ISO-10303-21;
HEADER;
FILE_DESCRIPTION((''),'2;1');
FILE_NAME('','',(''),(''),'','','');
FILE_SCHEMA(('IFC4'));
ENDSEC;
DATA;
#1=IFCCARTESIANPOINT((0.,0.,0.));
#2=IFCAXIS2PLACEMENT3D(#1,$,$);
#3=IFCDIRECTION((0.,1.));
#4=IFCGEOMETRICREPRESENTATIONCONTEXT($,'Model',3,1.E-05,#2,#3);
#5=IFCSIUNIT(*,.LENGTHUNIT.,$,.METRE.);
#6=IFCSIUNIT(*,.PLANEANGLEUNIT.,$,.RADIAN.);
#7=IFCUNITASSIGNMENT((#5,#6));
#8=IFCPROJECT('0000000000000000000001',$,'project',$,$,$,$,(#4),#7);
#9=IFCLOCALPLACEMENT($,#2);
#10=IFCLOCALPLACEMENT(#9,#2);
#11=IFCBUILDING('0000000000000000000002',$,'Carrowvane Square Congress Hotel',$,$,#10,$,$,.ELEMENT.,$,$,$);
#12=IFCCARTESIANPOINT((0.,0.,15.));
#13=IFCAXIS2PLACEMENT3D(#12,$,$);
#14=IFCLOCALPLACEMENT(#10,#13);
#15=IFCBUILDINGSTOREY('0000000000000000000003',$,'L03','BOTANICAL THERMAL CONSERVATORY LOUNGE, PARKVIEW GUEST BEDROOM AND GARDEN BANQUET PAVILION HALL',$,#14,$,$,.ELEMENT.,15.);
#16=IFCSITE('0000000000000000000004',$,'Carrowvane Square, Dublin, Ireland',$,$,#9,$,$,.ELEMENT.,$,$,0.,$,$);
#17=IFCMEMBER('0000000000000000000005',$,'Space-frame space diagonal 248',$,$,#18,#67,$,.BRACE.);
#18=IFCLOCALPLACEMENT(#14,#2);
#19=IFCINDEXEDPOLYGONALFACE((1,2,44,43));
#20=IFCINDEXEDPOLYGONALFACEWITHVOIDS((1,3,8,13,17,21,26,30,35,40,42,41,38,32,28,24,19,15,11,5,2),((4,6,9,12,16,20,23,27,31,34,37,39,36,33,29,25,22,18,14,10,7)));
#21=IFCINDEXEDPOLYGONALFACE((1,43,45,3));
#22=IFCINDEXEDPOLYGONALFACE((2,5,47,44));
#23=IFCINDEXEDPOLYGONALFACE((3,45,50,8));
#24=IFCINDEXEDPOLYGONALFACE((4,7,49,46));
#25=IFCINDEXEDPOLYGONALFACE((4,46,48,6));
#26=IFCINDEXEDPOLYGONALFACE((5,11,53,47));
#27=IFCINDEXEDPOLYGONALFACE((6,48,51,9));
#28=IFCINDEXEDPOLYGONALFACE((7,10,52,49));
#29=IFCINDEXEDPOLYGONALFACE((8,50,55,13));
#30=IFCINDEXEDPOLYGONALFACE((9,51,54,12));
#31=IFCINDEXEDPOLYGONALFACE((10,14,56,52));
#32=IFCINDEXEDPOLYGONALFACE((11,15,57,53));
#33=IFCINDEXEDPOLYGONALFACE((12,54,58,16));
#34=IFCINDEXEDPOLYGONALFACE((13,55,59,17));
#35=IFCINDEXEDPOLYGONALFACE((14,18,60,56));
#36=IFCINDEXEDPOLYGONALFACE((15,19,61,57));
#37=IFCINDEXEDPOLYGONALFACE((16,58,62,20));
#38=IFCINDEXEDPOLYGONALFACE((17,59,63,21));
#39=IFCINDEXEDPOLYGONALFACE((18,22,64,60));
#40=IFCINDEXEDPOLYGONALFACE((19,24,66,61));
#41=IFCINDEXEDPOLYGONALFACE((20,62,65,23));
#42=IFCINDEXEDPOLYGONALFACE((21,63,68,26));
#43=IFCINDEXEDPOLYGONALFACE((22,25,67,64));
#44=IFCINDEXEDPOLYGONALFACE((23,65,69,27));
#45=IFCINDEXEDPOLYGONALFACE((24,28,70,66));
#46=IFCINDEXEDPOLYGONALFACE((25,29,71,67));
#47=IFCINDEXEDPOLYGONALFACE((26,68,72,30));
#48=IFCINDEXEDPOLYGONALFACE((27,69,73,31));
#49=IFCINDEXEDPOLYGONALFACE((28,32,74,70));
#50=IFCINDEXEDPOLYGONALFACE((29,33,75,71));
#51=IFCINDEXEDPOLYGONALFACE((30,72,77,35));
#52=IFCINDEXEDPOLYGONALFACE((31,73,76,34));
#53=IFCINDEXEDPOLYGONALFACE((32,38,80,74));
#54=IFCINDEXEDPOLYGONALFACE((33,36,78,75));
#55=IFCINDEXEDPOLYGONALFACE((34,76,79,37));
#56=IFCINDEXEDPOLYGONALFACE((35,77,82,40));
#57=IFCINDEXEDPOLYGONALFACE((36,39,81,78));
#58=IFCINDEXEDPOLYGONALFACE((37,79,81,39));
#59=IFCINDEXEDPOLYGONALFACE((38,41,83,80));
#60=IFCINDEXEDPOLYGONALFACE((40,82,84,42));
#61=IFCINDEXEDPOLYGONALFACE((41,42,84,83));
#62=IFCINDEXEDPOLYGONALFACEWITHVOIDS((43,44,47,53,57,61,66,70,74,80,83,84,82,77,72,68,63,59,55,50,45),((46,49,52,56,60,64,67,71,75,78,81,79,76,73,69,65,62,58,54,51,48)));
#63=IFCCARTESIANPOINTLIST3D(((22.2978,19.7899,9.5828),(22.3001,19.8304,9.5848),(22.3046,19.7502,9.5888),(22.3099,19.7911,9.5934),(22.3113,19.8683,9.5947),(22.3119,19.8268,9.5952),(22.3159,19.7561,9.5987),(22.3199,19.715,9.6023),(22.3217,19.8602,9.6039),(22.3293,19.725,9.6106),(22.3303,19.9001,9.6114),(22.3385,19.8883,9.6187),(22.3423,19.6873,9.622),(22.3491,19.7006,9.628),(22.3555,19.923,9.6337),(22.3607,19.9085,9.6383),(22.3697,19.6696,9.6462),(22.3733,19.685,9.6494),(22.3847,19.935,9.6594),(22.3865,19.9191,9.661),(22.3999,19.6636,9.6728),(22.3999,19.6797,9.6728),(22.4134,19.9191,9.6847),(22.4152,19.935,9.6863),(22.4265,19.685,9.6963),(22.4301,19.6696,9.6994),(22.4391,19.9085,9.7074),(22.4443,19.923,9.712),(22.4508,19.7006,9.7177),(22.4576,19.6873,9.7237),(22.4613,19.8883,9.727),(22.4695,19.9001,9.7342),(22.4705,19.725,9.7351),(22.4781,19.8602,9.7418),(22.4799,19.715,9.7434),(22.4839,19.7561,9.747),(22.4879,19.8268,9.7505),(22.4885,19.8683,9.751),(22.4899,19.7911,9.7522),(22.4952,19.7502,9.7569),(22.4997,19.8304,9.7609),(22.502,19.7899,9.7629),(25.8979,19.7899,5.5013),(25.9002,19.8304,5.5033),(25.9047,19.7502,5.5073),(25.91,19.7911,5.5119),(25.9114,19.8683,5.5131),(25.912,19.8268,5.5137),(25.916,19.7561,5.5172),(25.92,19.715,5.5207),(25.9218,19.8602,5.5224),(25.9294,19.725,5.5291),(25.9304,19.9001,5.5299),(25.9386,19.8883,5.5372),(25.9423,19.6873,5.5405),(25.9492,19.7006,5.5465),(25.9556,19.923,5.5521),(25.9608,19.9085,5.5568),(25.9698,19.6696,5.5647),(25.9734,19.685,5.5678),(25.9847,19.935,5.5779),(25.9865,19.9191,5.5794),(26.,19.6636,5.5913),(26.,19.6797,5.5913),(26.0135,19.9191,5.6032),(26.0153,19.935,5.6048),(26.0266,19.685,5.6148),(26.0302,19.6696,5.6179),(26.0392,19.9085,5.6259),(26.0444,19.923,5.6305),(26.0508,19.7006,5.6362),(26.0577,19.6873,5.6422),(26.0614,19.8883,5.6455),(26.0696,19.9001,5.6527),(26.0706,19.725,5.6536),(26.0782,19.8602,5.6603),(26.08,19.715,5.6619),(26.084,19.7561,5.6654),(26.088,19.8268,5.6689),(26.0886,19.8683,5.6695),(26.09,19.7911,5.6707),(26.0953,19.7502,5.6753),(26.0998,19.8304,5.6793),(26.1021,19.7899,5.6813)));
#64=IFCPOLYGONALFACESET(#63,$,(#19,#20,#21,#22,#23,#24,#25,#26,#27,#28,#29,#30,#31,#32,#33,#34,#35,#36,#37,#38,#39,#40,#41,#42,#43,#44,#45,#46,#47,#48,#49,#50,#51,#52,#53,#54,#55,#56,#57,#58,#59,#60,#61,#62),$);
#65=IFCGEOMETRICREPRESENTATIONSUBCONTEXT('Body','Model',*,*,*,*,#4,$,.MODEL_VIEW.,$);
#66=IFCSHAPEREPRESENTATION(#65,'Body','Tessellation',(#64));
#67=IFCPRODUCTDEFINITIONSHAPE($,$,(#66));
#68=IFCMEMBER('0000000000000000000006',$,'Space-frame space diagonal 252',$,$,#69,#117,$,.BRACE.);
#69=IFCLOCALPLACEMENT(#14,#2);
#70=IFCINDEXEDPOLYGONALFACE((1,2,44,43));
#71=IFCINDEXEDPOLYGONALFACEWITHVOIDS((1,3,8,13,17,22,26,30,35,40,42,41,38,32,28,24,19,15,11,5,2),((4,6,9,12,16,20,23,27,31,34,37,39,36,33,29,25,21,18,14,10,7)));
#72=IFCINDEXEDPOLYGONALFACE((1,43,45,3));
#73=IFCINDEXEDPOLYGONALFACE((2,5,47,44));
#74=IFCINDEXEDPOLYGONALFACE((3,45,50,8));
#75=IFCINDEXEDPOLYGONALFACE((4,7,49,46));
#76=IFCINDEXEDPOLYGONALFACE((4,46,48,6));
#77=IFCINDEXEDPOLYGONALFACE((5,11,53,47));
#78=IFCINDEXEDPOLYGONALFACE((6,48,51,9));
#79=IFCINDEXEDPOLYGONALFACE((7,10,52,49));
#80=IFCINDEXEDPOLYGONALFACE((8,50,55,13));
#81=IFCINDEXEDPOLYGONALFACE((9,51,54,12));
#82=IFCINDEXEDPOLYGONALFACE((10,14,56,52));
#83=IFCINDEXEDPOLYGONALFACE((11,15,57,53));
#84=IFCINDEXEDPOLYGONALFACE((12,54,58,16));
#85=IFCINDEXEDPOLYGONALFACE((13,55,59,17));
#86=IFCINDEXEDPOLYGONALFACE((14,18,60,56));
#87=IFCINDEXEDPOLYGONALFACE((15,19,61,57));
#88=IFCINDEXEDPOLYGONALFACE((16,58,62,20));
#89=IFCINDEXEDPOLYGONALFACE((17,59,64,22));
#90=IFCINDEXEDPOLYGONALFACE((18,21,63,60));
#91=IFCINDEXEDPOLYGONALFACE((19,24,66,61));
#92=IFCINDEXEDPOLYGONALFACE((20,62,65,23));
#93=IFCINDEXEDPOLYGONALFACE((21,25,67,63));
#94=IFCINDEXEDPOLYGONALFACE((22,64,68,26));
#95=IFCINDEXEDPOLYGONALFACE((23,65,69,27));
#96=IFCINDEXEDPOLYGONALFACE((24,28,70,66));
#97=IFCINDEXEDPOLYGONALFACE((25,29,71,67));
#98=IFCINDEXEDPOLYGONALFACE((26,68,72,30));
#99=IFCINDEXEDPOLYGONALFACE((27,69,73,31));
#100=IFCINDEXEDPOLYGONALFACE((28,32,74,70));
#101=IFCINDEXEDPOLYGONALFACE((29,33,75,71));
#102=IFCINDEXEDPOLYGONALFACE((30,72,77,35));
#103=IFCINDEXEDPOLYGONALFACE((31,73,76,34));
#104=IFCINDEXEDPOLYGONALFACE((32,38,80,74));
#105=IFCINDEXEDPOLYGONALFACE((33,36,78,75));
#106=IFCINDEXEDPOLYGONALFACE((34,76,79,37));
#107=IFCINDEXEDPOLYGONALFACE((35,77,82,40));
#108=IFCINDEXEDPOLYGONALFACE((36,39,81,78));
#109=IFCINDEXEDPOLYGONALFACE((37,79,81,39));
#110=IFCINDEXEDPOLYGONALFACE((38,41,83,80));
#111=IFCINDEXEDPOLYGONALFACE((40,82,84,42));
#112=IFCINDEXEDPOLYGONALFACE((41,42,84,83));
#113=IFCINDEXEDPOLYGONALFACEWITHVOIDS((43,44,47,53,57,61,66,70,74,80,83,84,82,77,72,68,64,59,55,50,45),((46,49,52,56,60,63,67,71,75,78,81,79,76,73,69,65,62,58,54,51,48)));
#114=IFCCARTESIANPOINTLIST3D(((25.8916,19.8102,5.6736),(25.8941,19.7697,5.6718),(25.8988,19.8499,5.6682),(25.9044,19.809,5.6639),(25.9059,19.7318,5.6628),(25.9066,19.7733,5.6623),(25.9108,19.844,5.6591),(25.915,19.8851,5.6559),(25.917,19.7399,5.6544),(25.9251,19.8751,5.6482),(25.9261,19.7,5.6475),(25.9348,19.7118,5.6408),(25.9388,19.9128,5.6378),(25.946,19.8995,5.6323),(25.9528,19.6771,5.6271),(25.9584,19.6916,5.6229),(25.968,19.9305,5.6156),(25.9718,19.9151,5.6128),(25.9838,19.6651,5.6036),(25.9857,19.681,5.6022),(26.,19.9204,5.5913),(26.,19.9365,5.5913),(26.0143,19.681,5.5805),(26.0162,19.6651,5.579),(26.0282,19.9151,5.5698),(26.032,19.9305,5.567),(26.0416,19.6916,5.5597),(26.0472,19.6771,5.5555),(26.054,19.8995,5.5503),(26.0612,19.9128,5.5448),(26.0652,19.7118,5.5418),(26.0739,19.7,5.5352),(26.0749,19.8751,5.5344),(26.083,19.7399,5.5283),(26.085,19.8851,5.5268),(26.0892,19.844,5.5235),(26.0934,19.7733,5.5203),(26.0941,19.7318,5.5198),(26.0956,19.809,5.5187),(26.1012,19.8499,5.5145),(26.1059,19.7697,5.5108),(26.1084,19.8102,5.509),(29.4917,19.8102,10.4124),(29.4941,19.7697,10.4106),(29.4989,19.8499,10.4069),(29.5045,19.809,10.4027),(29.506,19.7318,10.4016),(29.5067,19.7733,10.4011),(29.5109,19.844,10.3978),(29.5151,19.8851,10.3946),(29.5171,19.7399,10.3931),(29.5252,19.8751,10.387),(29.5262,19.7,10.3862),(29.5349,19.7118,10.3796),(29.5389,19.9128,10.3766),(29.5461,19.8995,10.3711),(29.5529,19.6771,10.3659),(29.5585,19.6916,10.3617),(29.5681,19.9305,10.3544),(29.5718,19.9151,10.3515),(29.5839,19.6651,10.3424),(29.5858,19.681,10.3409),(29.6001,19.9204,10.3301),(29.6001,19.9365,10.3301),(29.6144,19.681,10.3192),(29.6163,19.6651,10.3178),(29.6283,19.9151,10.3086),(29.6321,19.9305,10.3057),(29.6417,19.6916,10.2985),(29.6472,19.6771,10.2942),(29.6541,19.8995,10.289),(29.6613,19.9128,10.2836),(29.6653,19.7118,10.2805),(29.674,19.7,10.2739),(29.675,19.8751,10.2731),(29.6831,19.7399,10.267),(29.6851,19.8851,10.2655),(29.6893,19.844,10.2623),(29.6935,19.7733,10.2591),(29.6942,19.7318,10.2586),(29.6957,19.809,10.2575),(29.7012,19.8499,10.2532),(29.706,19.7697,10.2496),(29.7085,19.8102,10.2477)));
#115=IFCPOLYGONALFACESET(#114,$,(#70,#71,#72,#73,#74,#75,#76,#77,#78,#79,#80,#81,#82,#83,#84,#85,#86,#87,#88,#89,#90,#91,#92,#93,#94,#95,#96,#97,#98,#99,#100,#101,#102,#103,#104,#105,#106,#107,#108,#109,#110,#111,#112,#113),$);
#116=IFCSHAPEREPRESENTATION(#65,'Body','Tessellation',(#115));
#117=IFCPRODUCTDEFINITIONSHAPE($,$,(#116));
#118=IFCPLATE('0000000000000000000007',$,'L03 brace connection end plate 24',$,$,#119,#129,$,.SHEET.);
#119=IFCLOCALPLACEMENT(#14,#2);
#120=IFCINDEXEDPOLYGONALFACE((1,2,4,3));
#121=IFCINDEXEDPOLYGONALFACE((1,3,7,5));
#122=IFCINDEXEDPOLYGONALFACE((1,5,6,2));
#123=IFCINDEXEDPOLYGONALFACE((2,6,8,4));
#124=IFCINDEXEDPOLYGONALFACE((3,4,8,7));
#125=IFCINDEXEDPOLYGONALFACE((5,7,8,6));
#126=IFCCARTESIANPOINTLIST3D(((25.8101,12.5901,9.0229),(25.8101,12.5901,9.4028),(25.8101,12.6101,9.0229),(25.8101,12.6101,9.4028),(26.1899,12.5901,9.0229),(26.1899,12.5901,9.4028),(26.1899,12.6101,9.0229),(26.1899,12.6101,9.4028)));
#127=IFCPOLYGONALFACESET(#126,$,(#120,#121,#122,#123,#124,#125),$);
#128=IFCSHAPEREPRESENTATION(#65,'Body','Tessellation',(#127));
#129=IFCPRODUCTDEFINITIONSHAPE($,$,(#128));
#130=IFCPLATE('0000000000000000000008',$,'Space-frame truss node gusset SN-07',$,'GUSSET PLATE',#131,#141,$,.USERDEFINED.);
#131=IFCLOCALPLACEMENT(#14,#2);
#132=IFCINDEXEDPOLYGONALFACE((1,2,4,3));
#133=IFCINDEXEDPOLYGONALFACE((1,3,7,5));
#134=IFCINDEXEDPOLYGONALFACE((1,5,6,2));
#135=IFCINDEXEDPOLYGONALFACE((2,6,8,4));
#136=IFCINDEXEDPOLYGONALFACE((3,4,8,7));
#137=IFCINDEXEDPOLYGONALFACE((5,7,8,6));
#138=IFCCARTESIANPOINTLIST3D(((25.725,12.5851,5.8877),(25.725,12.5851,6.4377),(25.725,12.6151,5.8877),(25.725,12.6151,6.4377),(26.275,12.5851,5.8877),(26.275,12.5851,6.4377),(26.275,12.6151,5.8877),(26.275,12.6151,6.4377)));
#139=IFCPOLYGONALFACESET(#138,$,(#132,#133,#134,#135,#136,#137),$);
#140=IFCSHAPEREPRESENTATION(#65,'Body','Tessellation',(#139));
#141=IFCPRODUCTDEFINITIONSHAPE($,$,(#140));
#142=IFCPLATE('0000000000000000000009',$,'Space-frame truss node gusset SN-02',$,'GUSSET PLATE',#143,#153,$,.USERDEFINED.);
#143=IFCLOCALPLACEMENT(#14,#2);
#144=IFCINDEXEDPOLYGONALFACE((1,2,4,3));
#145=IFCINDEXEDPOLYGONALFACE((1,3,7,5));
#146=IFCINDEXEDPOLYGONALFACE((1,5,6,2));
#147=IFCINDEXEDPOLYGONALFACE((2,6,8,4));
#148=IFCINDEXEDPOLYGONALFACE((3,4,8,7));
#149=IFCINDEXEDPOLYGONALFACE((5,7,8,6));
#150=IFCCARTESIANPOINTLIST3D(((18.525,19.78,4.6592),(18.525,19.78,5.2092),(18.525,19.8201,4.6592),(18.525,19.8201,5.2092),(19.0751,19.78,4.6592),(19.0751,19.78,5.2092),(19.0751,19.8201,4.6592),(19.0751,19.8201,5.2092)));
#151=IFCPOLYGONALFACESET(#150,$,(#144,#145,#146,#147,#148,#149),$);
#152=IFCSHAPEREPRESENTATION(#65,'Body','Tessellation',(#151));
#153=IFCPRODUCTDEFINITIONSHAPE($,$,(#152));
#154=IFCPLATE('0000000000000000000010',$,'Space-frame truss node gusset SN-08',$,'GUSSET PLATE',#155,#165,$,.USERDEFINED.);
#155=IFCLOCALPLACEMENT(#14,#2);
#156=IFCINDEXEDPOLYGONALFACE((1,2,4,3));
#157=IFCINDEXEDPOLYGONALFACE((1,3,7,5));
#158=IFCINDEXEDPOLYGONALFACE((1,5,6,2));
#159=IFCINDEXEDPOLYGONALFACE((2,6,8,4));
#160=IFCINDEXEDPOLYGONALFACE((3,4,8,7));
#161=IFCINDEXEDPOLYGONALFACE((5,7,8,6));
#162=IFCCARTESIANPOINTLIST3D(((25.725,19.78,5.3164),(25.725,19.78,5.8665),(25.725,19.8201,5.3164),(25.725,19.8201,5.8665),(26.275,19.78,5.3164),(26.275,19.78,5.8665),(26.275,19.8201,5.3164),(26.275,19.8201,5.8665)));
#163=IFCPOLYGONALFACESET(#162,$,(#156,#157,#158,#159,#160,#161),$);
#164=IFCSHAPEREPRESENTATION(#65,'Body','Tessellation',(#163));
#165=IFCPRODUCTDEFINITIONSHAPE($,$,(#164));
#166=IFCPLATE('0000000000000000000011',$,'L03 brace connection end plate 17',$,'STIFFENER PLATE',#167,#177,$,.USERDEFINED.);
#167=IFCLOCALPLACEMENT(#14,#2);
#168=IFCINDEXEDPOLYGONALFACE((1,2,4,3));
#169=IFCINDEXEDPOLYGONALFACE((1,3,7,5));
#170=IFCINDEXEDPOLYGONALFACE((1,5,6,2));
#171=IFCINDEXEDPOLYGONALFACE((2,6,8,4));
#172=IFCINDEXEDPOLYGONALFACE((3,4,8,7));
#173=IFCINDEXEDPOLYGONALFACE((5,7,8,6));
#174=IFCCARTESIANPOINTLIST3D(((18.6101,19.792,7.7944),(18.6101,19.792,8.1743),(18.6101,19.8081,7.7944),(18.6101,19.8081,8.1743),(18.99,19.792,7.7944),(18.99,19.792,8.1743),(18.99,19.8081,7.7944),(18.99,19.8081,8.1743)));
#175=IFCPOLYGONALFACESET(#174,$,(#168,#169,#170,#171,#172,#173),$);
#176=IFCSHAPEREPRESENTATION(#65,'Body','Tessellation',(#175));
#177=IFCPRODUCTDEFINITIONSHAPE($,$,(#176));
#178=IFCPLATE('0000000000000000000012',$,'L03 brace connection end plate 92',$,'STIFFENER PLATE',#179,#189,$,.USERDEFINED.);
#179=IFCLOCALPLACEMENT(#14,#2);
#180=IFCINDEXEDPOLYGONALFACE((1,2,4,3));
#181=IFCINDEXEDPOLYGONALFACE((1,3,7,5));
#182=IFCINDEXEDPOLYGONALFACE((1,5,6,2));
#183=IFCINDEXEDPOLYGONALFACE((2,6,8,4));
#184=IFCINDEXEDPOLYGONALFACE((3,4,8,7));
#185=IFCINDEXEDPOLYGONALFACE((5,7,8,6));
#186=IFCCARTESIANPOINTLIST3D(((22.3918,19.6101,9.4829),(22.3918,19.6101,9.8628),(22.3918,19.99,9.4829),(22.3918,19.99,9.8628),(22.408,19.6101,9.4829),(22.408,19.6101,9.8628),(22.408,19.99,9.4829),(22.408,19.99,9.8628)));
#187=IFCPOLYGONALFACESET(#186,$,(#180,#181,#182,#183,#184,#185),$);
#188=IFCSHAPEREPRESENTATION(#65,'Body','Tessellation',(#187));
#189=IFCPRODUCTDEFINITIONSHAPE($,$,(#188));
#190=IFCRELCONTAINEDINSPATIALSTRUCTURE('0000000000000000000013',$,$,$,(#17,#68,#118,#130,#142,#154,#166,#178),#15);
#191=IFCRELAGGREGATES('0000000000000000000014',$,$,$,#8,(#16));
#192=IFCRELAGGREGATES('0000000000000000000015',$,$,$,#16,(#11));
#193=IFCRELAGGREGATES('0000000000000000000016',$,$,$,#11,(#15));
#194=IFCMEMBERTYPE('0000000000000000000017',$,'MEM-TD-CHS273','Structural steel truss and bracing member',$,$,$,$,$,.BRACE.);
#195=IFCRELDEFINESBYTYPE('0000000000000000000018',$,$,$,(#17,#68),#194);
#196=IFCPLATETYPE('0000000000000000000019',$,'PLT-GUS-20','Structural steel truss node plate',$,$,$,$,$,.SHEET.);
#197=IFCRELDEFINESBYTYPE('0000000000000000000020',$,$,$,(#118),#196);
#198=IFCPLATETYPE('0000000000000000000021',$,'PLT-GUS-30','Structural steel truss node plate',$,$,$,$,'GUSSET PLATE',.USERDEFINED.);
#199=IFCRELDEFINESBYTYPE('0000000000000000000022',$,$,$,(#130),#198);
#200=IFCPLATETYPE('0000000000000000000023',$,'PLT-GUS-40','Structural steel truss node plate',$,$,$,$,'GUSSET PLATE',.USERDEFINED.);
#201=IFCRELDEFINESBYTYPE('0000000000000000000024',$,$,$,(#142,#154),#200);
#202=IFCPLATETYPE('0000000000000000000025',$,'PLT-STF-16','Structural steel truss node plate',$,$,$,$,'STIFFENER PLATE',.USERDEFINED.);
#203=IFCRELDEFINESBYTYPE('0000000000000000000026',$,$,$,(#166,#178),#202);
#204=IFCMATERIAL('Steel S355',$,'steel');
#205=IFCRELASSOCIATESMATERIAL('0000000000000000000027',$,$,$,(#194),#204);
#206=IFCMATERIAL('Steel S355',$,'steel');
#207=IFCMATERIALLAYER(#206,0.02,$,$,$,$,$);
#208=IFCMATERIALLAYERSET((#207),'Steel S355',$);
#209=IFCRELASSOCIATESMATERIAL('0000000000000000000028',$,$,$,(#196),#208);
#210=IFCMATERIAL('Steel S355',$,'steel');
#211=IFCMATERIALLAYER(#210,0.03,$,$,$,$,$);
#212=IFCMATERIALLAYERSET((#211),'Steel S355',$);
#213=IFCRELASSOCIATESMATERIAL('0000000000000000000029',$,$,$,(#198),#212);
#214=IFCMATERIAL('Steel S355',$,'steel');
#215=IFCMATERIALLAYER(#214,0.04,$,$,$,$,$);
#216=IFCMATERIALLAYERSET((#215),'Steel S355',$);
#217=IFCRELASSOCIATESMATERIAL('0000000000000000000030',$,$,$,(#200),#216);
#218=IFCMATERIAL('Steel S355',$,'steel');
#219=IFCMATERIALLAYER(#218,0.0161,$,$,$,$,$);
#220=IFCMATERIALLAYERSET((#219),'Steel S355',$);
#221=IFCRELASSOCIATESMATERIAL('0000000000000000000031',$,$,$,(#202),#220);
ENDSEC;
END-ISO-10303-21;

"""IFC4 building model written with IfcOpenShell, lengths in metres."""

from ifc_helpers import new_model, si_unit, direction, frame, origin, origin_2d, place, context, subcontext, project, spatial, rectangle, hollow_circle, extrude, material, layer, layer_set, material_profile, profile_set, type_object, element, save


model = new_model("IFC4")

# Units and contexts
model_context = context("Model", 3, precision=1e-05, world=origin(), true_north=direction((0.0, 1.0)))
body_context = subcontext(model_context, "Body", "Model", "MODEL_VIEW")
ifc_project = project(units=[si_unit("LENGTHUNIT", "METRE"), si_unit("PLANEANGLEUNIT", "RADIAN")], contexts=[model_context])

# Site, building, storey
site_placement = place(None, origin())
site = spatial("IfcSite", under=ifc_project, at=site_placement, Name="Carrowvane Square, Dublin, Ireland", CompositionType="ELEMENT", RefElevation=0.0)
building_placement = place(site_placement, origin())
building = spatial("IfcBuilding", under=site, at=building_placement, Name="Carrowvane Square Congress Hotel", CompositionType="ELEMENT")
storey_placement = place(building_placement, frame((0.0, 0.0, 15.0)))
storey = spatial("IfcBuildingStorey", under=building, at=storey_placement, Name="L03", Description="BOTANICAL THERMAL CONSERVATORY LOUNGE, PARKVIEW GUEST BEDROOM AND GARDEN BANQUET PAVILION HALL", CompositionType="ELEMENT", Elevation=15.0)

# Members
ifc_material_1 = material(Name="Steel S355", Category="steel")
ifc_material_profile_1 = material_profile(ifc_material_1, hollow_circle(Radius=0.1365, WallThickness=0.0161, at=origin_2d()), Name="CHS 273.0x16")
ifc_profile_set_1 = profile_set([ifc_material_profile_1], Name="Steel S355")
member_type_1 = type_object("IfcMemberType", Name="MEM-TD-CHS273", Description="Structural steel truss and bracing member", PredefinedType="BRACE", material=ifc_profile_set_1)
member_1_placement = place(storey_placement, frame((26.0, 19.8, 5.5913), z_axis=(-0.661491, 0.0, 0.749953), x_axis=(0.0, -1.0, 0.0)))
element("IfcMember", 1, at=member_1_placement, inside=storey, type_object=member_type_1, Name="Space-frame space diagonal 248", PredefinedType="BRACE", context=body_context, shape_type="SweptSolid", body=[
    extrude(hollow_circle(Radius=0.1365, WallThickness=0.0161, at=origin_2d()), origin(), (0.0, 0.0, 1.0), 5.4424),
])
member_2_placement = place(storey_placement, frame((26.0, 19.8, 5.5913), z_axis=(0.604938, 0.0, 0.796273), x_axis=(0.0, 1.0, 0.0)))
element("IfcMember", 2, at=member_2_placement, inside=storey, type_object=member_type_1, Name="Space-frame space diagonal 252", PredefinedType="BRACE", context=body_context, shape_type="SweptSolid", body=[
    extrude(hollow_circle(Radius=0.1365, WallThickness=0.0161, at=origin_2d()), origin(), (0.0, 0.0, 1.0), 5.9512),
])

# Plates
ifc_material_2 = material(Name="Steel S355", Category="steel")
ifc_layer_1 = layer(ifc_material_2, 0.02)
ifc_layer_set_1 = layer_set([ifc_layer_1], Name="Steel S355")
plate_type_1 = type_object("IfcPlateType", Name="PLT-GUS-20", Description="Structural steel truss node plate", PredefinedType="SHEET", material=ifc_layer_set_1)
plate_1_placement = place(storey_placement, frame((26.0, 12.6001, 9.0229), z_axis=(0.0, 0.0, 1.0), x_axis=(1.0, 0.0, 0.0)))
element("IfcPlate", 3, at=plate_1_placement, inside=storey, type_object=plate_type_1, Name="L03 brace connection end plate 24", PredefinedType="SHEET", context=body_context, shape_type="SweptSolid", body=[
    extrude(rectangle(XDim=0.3799, YDim=0.02, at=origin_2d()), origin(), (0.0, 0.0, 1.0), 0.3799),
])
ifc_material_3 = material(Name="Steel S355", Category="steel")
ifc_layer_2 = layer(ifc_material_3, 0.03)
ifc_layer_set_2 = layer_set([ifc_layer_2], Name="Steel S355")
plate_type_2 = type_object("IfcPlateType", Name="PLT-GUS-30", Description="Structural steel truss node plate", ElementType="GUSSET PLATE", PredefinedType="USERDEFINED", material=ifc_layer_set_2)
plate_2_placement = place(storey_placement, frame((26.0, 12.6001, 5.8877), z_axis=(0.0, 0.0, 1.0), x_axis=(1.0, 0.0, 0.0)))
element("IfcPlate", 4, at=plate_2_placement, inside=storey, type_object=plate_type_2, Name="Space-frame truss node gusset SN-07", ObjectType="GUSSET PLATE", PredefinedType="USERDEFINED", context=body_context, shape_type="SweptSolid", body=[
    extrude(rectangle(XDim=0.55, YDim=0.03, at=origin_2d()), origin(), (0.0, 0.0, 1.0), 0.55),
])
ifc_material_4 = material(Name="Steel S355", Category="steel")
ifc_layer_3 = layer(ifc_material_4, 0.04)
ifc_layer_set_3 = layer_set([ifc_layer_3], Name="Steel S355")
plate_type_3 = type_object("IfcPlateType", Name="PLT-GUS-40", Description="Structural steel truss node plate", ElementType="GUSSET PLATE", PredefinedType="USERDEFINED", material=ifc_layer_set_3)
for number, where, z_axis, x_axis, name in (
    (5, (18.8, 19.8, 4.6592), (0.0, 0.0, 1.0), (1.0, 0.0, 0.0), "Space-frame truss node gusset SN-02"),
    (6, (26.0, 19.8, 5.3164), (0.0, 0.0, 1.0), (1.0, 0.0, 0.0), "Space-frame truss node gusset SN-08"),
):
    element("IfcPlate", number, at=place(storey_placement, frame(where, z_axis=z_axis, x_axis=x_axis)), inside=storey, type_object=plate_type_3, Name=name, ObjectType="GUSSET PLATE", PredefinedType="USERDEFINED", context=body_context, shape_type="SweptSolid", body=[
        extrude(rectangle(XDim=0.55, YDim=0.04, at=origin_2d()), origin(), (0.0, 0.0, 1.0), 0.55),
    ])
ifc_material_5 = material(Name="Steel S355", Category="steel")
ifc_layer_4 = layer(ifc_material_5, 0.0161)
ifc_layer_set_4 = layer_set([ifc_layer_4], Name="Steel S355")
plate_type_4 = type_object("IfcPlateType", Name="PLT-STF-16", Description="Structural steel truss node plate", ElementType="STIFFENER PLATE", PredefinedType="USERDEFINED", material=ifc_layer_set_4)
plate_3_placement = place(storey_placement, frame((18.8, 19.8, 7.7944), z_axis=(0.0, 0.0, 1.0), x_axis=(1.0, 0.0, 0.0)))
element("IfcPlate", 7, at=plate_3_placement, inside=storey, type_object=plate_type_4, Name="L03 brace connection end plate 17", ObjectType="STIFFENER PLATE", PredefinedType="USERDEFINED", context=body_context, shape_type="SweptSolid", body=[
    extrude(rectangle(XDim=0.3799, YDim=0.0161, at=origin_2d()), origin(), (0.0, 0.0, 1.0), 0.3799),
])
plate_4_placement = place(storey_placement, frame((22.3999, 19.8, 9.4829), z_axis=(0.0, 0.0, 1.0), x_axis=(1.0, 0.0, 0.0)))
element("IfcPlate", 8, at=plate_4_placement, inside=storey, type_object=plate_type_4, Name="L03 brace connection end plate 92", ObjectType="STIFFENER PLATE", PredefinedType="USERDEFINED", context=body_context, shape_type="SweptSolid", body=[
    extrude(rectangle(XDim=0.0161, YDim=0.3799, at=origin_2d()), origin(), (0.0, 0.0, 1.0), 0.3799),
])

save(model, "model.ifc")
